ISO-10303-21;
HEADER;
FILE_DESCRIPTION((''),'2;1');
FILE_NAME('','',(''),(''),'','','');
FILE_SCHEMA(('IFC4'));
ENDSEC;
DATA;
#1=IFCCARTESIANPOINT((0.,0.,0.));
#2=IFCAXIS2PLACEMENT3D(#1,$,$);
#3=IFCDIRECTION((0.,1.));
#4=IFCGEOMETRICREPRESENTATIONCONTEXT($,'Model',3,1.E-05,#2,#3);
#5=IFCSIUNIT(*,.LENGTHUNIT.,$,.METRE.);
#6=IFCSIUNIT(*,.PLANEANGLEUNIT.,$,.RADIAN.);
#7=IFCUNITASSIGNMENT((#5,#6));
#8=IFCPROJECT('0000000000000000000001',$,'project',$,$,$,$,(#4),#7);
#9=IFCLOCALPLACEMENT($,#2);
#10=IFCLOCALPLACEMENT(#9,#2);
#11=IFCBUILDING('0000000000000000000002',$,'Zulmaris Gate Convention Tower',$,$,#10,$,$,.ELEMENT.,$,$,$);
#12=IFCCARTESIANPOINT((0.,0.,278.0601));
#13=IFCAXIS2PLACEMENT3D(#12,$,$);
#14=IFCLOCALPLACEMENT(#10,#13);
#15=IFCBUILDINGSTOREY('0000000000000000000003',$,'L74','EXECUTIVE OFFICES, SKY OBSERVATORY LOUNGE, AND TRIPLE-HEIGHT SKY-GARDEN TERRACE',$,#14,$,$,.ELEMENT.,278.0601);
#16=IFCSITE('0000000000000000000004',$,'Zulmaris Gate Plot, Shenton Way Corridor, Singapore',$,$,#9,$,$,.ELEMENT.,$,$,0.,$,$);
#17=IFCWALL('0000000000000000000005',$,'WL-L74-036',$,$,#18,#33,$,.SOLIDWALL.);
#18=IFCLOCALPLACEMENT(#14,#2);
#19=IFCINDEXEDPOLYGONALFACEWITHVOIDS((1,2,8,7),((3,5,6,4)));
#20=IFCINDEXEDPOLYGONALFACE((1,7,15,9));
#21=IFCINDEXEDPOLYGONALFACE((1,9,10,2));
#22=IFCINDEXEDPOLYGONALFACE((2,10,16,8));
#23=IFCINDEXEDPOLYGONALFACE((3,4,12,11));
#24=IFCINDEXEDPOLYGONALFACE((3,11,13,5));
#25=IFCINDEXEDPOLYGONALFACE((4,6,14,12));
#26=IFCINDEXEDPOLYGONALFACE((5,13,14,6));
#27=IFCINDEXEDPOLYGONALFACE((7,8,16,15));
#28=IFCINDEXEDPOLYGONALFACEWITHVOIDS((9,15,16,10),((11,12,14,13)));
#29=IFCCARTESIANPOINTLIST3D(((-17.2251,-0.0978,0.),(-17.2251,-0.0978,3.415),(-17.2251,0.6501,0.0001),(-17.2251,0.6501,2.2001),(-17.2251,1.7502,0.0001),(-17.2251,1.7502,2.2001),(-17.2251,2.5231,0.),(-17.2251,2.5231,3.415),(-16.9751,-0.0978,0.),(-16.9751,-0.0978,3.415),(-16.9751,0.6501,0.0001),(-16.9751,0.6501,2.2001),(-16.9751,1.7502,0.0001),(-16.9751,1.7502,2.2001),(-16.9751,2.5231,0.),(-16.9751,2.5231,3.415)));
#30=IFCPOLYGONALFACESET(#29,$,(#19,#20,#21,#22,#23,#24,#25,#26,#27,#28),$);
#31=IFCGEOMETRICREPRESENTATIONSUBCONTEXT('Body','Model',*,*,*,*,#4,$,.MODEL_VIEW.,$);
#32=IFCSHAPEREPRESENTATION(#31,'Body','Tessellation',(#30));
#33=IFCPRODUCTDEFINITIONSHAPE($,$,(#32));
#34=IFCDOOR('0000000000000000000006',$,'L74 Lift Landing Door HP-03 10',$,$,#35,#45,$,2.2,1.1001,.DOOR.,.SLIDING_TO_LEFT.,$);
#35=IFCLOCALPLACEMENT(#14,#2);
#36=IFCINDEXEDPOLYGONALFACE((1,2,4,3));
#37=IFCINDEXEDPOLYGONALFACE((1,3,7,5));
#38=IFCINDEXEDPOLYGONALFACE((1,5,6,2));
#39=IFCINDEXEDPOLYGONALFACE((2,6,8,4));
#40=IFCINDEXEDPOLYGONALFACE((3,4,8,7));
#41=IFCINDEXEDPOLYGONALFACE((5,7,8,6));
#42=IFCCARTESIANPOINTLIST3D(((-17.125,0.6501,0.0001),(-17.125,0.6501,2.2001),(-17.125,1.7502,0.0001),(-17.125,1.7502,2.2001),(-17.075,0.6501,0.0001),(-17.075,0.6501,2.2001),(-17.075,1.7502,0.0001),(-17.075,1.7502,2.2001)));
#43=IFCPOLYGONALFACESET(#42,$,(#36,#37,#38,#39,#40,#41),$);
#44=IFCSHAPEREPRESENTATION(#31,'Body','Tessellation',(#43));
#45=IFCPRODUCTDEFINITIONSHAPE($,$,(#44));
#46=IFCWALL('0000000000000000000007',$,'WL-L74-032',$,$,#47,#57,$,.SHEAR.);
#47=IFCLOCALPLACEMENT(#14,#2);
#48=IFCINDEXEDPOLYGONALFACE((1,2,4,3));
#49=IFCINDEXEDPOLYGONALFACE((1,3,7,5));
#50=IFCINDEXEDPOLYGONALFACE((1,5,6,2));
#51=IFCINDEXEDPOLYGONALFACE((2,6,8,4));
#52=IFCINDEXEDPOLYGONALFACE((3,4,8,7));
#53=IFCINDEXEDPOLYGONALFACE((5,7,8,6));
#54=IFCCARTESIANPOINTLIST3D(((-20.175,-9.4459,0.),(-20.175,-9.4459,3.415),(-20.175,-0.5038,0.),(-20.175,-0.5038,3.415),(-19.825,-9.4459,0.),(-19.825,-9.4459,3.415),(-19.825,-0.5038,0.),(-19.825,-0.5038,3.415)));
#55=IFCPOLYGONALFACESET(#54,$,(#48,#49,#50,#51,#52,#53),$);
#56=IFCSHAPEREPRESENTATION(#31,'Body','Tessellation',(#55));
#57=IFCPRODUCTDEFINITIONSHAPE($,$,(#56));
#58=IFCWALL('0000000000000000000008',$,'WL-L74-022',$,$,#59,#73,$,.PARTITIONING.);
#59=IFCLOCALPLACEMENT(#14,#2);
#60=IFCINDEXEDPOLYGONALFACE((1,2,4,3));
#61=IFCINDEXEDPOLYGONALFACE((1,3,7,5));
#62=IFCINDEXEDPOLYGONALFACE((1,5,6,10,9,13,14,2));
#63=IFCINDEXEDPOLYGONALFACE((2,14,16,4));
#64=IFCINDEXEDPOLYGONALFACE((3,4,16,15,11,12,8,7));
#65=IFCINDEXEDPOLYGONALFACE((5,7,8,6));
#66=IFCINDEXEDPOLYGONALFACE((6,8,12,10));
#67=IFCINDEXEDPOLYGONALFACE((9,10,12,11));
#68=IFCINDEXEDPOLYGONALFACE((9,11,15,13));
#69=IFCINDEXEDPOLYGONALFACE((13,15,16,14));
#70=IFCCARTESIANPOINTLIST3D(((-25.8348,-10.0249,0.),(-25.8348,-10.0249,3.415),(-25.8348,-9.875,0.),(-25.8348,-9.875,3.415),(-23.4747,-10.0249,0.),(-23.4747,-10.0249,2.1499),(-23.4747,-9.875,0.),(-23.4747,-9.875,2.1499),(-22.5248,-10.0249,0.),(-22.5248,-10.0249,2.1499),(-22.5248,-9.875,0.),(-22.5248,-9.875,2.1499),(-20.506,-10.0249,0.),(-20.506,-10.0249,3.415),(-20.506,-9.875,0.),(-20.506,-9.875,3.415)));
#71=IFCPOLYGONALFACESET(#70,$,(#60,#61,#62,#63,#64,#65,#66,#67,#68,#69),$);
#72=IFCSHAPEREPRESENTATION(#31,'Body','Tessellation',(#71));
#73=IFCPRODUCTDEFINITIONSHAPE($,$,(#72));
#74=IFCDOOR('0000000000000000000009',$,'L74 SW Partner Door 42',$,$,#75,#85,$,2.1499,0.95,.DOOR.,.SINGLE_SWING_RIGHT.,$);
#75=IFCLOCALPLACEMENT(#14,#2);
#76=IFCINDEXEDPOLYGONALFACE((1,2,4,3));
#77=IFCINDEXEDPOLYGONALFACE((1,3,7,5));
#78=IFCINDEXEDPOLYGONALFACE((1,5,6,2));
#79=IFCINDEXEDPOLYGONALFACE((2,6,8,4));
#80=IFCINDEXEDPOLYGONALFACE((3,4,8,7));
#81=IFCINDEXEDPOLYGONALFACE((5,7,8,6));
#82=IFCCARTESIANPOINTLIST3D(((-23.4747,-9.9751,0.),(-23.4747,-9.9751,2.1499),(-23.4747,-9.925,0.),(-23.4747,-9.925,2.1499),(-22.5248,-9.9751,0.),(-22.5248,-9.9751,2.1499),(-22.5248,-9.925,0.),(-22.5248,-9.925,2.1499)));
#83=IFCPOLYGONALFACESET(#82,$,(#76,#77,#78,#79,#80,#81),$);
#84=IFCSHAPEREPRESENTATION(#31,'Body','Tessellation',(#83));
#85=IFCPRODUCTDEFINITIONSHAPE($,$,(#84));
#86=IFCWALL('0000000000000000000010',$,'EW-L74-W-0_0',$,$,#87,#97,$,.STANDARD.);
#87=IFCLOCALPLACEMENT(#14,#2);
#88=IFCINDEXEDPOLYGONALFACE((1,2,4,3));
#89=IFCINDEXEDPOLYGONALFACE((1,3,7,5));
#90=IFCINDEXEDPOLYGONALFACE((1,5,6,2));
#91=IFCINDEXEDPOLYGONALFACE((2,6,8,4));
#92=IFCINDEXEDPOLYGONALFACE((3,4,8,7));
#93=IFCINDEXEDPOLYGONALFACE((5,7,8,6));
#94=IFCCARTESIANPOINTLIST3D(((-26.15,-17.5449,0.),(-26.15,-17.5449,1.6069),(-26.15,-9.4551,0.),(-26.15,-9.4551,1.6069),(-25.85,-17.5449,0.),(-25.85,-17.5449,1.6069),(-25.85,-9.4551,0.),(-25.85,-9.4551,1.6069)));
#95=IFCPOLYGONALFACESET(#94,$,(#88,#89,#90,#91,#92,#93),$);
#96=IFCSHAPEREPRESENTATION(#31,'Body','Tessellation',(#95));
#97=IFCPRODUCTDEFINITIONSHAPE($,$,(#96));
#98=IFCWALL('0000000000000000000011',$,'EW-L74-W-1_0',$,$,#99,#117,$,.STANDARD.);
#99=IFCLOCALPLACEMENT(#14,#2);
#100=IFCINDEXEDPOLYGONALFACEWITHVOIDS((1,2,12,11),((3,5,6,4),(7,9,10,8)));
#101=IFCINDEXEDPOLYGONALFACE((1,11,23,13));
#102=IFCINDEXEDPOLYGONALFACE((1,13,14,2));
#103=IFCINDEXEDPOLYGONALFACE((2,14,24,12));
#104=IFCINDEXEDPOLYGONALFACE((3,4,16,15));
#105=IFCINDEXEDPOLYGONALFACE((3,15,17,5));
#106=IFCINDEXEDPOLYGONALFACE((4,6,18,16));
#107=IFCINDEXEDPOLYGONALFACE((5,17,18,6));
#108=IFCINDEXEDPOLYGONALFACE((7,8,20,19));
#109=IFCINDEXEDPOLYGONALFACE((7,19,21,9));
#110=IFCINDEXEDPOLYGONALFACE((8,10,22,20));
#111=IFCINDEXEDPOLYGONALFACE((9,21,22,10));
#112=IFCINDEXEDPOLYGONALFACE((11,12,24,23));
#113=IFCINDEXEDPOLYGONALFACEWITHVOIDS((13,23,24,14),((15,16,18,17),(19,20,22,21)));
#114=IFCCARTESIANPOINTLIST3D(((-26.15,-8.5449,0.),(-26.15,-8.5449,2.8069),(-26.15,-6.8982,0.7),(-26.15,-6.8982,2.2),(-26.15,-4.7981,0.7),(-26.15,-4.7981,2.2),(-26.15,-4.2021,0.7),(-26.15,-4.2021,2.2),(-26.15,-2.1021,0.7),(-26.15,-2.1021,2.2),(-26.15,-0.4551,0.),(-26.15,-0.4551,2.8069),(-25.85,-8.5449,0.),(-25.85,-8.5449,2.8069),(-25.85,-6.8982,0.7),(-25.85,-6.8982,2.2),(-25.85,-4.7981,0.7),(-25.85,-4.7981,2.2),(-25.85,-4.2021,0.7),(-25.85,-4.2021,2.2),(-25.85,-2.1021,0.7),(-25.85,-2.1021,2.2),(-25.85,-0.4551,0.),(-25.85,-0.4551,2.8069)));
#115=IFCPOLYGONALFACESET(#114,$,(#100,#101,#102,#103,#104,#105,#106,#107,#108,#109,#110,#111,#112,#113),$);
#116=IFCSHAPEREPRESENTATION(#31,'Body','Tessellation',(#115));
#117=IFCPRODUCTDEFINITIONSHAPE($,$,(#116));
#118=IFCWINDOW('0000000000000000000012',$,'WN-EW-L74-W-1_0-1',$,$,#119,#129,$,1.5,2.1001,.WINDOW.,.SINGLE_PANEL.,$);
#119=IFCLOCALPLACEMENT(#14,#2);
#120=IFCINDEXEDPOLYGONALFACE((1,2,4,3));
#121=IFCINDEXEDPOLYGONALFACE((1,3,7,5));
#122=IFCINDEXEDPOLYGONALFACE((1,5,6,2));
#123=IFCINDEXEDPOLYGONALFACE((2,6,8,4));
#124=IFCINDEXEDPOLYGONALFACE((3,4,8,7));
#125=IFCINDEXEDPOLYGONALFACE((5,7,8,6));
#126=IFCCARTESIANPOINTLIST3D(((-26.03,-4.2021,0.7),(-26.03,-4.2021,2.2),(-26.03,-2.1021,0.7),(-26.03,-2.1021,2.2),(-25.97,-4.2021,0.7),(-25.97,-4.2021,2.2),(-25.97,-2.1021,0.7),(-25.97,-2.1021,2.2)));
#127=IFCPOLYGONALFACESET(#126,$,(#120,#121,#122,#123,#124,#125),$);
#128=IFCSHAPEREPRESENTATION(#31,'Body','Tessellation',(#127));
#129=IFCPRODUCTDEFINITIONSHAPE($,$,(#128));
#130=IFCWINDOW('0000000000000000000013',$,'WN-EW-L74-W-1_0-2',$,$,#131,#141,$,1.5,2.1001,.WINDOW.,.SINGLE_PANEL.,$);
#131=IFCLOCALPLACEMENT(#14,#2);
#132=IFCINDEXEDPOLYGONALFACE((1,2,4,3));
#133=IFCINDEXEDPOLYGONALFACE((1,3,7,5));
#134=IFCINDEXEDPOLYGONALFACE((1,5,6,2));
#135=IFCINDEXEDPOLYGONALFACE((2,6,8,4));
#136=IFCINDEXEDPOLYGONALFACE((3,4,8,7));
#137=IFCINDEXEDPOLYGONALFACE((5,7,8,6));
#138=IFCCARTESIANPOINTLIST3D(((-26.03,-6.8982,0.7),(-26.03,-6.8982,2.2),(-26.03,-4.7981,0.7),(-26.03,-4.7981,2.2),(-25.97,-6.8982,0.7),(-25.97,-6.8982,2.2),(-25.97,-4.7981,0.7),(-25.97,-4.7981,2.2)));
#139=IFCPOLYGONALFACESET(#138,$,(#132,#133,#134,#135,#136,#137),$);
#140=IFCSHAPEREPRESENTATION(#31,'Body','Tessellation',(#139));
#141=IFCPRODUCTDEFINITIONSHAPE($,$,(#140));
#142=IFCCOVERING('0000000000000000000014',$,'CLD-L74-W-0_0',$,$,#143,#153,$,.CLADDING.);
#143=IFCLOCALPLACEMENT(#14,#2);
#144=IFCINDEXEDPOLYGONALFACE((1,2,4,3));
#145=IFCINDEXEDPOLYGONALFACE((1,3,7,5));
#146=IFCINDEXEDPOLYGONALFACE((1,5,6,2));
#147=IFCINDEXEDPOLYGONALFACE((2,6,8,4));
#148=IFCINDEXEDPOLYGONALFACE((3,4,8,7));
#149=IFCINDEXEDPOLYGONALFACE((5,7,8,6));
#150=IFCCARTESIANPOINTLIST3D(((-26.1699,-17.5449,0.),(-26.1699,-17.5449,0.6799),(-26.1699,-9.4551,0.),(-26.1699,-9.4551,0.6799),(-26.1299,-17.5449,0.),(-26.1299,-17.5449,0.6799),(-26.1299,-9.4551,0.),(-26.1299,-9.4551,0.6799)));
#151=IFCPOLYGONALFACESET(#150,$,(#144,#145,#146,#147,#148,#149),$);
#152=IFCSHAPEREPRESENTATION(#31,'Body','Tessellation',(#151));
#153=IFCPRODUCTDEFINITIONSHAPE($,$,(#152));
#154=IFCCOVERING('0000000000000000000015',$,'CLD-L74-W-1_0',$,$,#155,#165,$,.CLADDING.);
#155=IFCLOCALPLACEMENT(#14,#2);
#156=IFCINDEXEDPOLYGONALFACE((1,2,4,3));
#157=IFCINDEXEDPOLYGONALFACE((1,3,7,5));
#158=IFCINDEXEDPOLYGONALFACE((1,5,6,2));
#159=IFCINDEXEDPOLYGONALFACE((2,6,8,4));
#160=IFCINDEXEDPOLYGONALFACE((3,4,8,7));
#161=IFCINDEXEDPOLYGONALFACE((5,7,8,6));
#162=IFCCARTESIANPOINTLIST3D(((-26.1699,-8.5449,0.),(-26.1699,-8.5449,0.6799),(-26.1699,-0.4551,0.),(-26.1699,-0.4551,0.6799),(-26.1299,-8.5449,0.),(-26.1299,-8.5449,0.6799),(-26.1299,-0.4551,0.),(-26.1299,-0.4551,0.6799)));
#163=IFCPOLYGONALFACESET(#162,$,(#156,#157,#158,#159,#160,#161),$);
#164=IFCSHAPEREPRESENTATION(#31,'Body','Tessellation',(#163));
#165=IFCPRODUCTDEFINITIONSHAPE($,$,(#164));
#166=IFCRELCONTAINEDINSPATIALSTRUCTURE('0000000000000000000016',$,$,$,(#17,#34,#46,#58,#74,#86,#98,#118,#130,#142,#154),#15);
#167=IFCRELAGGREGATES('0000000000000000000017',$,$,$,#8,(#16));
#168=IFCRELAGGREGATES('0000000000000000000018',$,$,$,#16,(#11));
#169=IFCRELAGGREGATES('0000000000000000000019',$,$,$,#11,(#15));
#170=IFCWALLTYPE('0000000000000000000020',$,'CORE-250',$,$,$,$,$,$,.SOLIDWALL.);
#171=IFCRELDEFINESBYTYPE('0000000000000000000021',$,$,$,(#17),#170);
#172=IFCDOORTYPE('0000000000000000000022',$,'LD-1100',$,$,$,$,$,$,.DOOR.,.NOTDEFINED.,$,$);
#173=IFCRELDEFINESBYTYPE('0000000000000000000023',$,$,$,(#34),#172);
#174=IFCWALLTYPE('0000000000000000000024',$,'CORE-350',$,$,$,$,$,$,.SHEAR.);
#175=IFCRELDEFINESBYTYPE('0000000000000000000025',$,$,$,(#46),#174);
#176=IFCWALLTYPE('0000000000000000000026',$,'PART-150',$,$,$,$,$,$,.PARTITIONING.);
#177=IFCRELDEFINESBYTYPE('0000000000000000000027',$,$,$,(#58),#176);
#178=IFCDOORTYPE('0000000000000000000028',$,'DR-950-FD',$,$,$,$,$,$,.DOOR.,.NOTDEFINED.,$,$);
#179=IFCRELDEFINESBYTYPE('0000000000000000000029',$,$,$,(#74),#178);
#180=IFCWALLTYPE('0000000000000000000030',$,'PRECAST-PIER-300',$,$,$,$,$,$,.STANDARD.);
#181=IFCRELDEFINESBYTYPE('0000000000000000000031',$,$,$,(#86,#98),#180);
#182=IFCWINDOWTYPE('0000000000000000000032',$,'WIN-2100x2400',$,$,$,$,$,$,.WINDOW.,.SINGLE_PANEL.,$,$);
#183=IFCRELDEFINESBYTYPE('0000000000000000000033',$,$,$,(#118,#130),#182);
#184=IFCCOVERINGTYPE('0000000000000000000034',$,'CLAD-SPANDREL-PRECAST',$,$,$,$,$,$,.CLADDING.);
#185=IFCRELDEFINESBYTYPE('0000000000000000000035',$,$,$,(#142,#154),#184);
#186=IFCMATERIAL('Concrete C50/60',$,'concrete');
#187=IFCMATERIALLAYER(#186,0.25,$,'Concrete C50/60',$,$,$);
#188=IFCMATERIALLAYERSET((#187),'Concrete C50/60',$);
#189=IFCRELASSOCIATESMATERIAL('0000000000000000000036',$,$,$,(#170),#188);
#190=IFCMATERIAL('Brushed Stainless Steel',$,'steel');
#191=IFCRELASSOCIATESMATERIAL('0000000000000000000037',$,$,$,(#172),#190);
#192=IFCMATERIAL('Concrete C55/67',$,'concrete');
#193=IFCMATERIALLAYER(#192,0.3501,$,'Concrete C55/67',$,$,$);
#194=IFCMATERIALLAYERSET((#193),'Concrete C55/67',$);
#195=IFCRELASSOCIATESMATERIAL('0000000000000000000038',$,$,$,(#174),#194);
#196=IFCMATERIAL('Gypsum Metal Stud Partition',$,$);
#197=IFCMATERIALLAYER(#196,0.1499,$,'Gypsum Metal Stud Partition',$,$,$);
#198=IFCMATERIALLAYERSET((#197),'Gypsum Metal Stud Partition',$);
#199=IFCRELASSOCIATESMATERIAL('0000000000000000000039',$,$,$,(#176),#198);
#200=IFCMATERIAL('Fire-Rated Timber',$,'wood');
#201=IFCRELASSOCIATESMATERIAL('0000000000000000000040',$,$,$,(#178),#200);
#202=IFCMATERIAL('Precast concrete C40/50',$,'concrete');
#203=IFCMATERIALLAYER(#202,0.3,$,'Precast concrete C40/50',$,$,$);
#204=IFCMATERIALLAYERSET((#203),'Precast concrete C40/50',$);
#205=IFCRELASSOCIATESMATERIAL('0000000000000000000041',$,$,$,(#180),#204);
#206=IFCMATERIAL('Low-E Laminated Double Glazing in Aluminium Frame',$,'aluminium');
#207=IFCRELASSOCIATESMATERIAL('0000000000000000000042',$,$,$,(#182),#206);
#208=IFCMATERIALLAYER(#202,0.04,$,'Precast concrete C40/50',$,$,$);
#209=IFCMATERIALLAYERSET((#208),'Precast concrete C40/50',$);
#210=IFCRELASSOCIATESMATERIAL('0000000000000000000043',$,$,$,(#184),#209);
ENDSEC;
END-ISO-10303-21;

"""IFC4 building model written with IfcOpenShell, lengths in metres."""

from ifc_helpers import new_model, si_unit, direction, frame, frame_2d, origin, place, context, subcontext, project, spatial, rectangle, extrude, material, layer, layer_set, type_object, element, fill, save


model = new_model("IFC4")

# Units and contexts
model_context = context("Model", 3, precision=1e-05, world=origin(), true_north=direction((0.0, 1.0)))
body_context = subcontext(model_context, "Body", "Model", "MODEL_VIEW")
ifc_project = project(units=[si_unit("LENGTHUNIT", "METRE"), si_unit("PLANEANGLEUNIT", "RADIAN")], contexts=[model_context])

# Site, building, storey
site_placement = place(None, origin())
site = spatial("IfcSite", under=ifc_project, at=site_placement, Name="Zulmaris Gate Plot, Shenton Way Corridor, Singapore", CompositionType="ELEMENT", RefElevation=0.0)
building_placement = place(site_placement, origin())
building = spatial("IfcBuilding", under=site, at=building_placement, Name="Zulmaris Gate Convention Tower", CompositionType="ELEMENT")
storey_placement = place(building_placement, frame((0.0, 0.0, 278.0601)))
storey = spatial("IfcBuildingStorey", under=building, at=storey_placement, Name="L74", Description="EXECUTIVE OFFICES, SKY OBSERVATORY LOUNGE, AND TRIPLE-HEIGHT SKY-GARDEN TERRACE", CompositionType="ELEMENT", Elevation=278.0601)

# Wall, opening, door
ifc_material_1 = material(Name="Concrete C50/60", Category="concrete")
ifc_layer_1 = layer(ifc_material_1, 0.25, Name="Concrete C50/60")
ifc_layer_set_1 = layer_set([ifc_layer_1], Name="Concrete C50/60")
wall_type_1 = type_object("IfcWallType", Name="CORE-250", PredefinedType="SOLIDWALL", material=ifc_layer_set_1)
wall_1_placement = place(storey_placement, frame((-17.1001, -0.0979, 0.0), z_axis=(0.0, 0.0, 1.0), x_axis=(0.0, 1.0, 0.0)))
wall_1 = element("IfcWall", 1, at=wall_1_placement, inside=storey, type_object=wall_type_1, Name="WL-L74-036", PredefinedType="SOLIDWALL", context=body_context, shape_type="SweptSolid", body=[
    extrude(rectangle(XDim=2.6208, YDim=0.25, at=frame_2d((1.3105, 0.0))), origin(), (0.0, 0.0, 1.0), 3.415),
])
opening_1_placement = place(wall_1_placement, frame((0.748, 0.0, 0.0)))
opening_1 = element("IfcOpeningElement", 2, at=opening_1_placement, cuts=wall_1, PredefinedType="OPENING", context=body_context, shape_type="SweptSolid", body=[
    extrude(rectangle(XDim=1.1001, YDim=2.2, at=frame_2d((0.55, 1.1001))), frame((0.0, 0.135, 0.0), z_axis=(0.0, -1.0, 0.0), x_axis=(1.0, 0.0, 0.0)), (0.0, 0.0, 1.0), 0.27),
])
ifc_material_2 = material(Name="Brushed Stainless Steel", Category="steel")
door_type_1 = type_object("IfcDoorType", Name="LD-1100", OperationType="NOTDEFINED", PredefinedType="DOOR", material=ifc_material_2)
door_1_placement = place(opening_1_placement, origin())
door_1 = element("IfcDoor", 3, at=door_1_placement, inside=storey, type_object=door_type_1, Name="L74 Lift Landing Door HP-03 10", OperationType="SLIDING_TO_LEFT", OverallHeight=2.2, OverallWidth=1.1001, PredefinedType="DOOR", context=body_context, shape_type="SweptSolid", body=[
    extrude(rectangle(XDim=1.1001, YDim=2.2, at=frame_2d((0.55, 1.1001))), frame((0.0, 0.0249, 0.0), z_axis=(0.0, -1.0, 0.0), x_axis=(1.0, 0.0, 0.0)), (0.0, 0.0, 1.0), 0.05),
])
fill(opening_1, door_1)
ifc_material_3 = material(Name="Concrete C55/67", Category="concrete")
ifc_layer_2 = layer(ifc_material_3, 0.3501, Name="Concrete C55/67")
ifc_layer_set_2 = layer_set([ifc_layer_2], Name="Concrete C55/67")
wall_type_2 = type_object("IfcWallType", Name="CORE-350", PredefinedType="SHEAR", material=ifc_layer_set_2)

# Wall
wall_2_placement = place(storey_placement, frame((-20.0, -9.446, 0.0), z_axis=(0.0, 0.0, 1.0), x_axis=(0.0, 1.0, 0.0)))
element("IfcWall", 4, at=wall_2_placement, inside=storey, type_object=wall_type_2, Name="WL-L74-032", PredefinedType="SHEAR", context=body_context, shape_type="SweptSolid", body=[
    extrude(rectangle(XDim=8.9421, YDim=0.3501, at=frame_2d((4.4712, 0.0))), origin(), (0.0, 0.0, 1.0), 3.415),
])

# Wall, opening, door
ifc_material_4 = material(Name="Gypsum Metal Stud Partition")
ifc_layer_3 = layer(ifc_material_4, 0.1499, Name="Gypsum Metal Stud Partition")
ifc_layer_set_3 = layer_set([ifc_layer_3], Name="Gypsum Metal Stud Partition")
wall_type_3 = type_object("IfcWallType", Name="PART-150", PredefinedType="PARTITIONING", material=ifc_layer_set_3)
wall_3_placement = place(storey_placement, frame((-25.835, -9.95, 0.0), z_axis=(0.0, 0.0, 1.0), x_axis=(1.0, 0.0, 0.0)))
wall_3 = element("IfcWall", 5, at=wall_3_placement, inside=storey, type_object=wall_type_3, Name="WL-L74-022", PredefinedType="PARTITIONING", context=body_context, shape_type="SweptSolid", body=[
    extrude(rectangle(XDim=5.3289, YDim=0.1499, at=frame_2d((2.6646, 0.0))), origin(), (0.0, 0.0, 1.0), 3.415),
])
opening_2_placement = place(wall_3_placement, frame((2.3601, 0.0, 0.0)))
opening_2 = element("IfcOpeningElement", 6, at=opening_2_placement, cuts=wall_3, PredefinedType="OPENING", context=body_context, shape_type="SweptSolid", body=[
    extrude(rectangle(XDim=0.95, YDim=2.1499, at=frame_2d((0.4751, 1.075))), frame((0.0, 0.085, 0.0), z_axis=(0.0, -1.0, 0.0), x_axis=(1.0, 0.0, 0.0)), (0.0, 0.0, 1.0), 0.1699),
])
ifc_material_5 = material(Name="Fire-Rated Timber", Category="wood")
door_type_2 = type_object("IfcDoorType", Name="DR-950-FD", OperationType="NOTDEFINED", PredefinedType="DOOR", material=ifc_material_5)
door_2_placement = place(opening_2_placement, origin())
door_2 = element("IfcDoor", 7, at=door_2_placement, inside=storey, type_object=door_type_2, Name="L74 SW Partner Door 42", OperationType="SINGLE_SWING_RIGHT", OverallHeight=2.1499, OverallWidth=0.95, PredefinedType="DOOR", context=body_context, shape_type="SweptSolid", body=[
    extrude(rectangle(XDim=0.95, YDim=2.1499, at=frame_2d((0.4751, 1.075))), frame((0.0, 0.0249, 0.0), z_axis=(0.0, -1.0, 0.0), x_axis=(1.0, 0.0, 0.0)), (0.0, 0.0, 1.0), 0.05),
])
fill(opening_2, door_2)

# Wall
ifc_material_6 = material(Name="Precast concrete C40/50", Category="concrete")
ifc_layer_4 = layer(ifc_material_6, 0.3, Name="Precast concrete C40/50")
ifc_layer_set_4 = layer_set([ifc_layer_4], Name="Precast concrete C40/50")
wall_type_4 = type_object("IfcWallType", Name="PRECAST-PIER-300", PredefinedType="STANDARD", material=ifc_layer_set_4)
wall_4_placement = place(storey_placement, frame((-26.0, -9.4551, 0.0), z_axis=(0.0, 0.0, 1.0), x_axis=(0.0, -1.0, 0.0)))
element("IfcWall", 8, at=wall_4_placement, inside=storey, type_object=wall_type_4, Name="EW-L74-W-0_0", PredefinedType="STANDARD", context=body_context, shape_type="SweptSolid", body=[
    extrude(rectangle(XDim=8.0898, YDim=0.3, at=frame_2d((4.0449, 0.0))), origin(), (0.0, 0.0, 1.0), 1.6069),
])

# Wall, openings, windows
wall_5_placement = place(storey_placement, frame((-26.0, -0.4551, 0.0), z_axis=(0.0, 0.0, 1.0), x_axis=(0.0, -1.0, 0.0)))
wall_5 = element("IfcWall", 9, at=wall_5_placement, inside=storey, type_object=wall_type_4, Name="EW-L74-W-1_0", PredefinedType="STANDARD", context=body_context, shape_type="SweptSolid", body=[
    extrude(rectangle(XDim=8.0898, YDim=0.3, at=frame_2d((4.0449, 0.0))), origin(), (0.0, 0.0, 1.0), 2.8069),
])
opening_3_placement = place(wall_5_placement, frame((1.647, 0.0, 0.7)))
opening_3 = element("IfcOpeningElement", 10, at=opening_3_placement, cuts=wall_5, PredefinedType="OPENING", context=body_context, shape_type="SweptSolid", body=[
    extrude(rectangle(XDim=2.1001, YDim=1.5, at=frame_2d((1.05, 0.75))), frame((0.0, 0.1602, 0.0), z_axis=(0.0, -1.0, 0.0), x_axis=(1.0, 0.0, 0.0)), (0.0, 0.0, 1.0), 0.3201),
])
opening_4_placement = place(wall_5_placement, frame((4.343, 0.0, 0.7)))
opening_4 = element("IfcOpeningElement", 11, at=opening_4_placement, cuts=wall_5, PredefinedType="OPENING", context=body_context, shape_type="SweptSolid", body=[
    extrude(rectangle(XDim=2.1001, YDim=1.5, at=frame_2d((1.05, 0.75))), frame((0.0, 0.1602, 0.0), z_axis=(0.0, -1.0, 0.0), x_axis=(1.0, 0.0, 0.0)), (0.0, 0.0, 1.0), 0.3201),
])
ifc_material_7 = material(Name="Low-E Laminated Double Glazing in Aluminium Frame", Category="aluminium")
window_type = type_object("IfcWindowType", Name="WIN-2100x2400", PartitioningType="SINGLE_PANEL", PredefinedType="WINDOW", material=ifc_material_7)
window_1_placement = place(opening_3_placement, origin())
window_1 = element("IfcWindow", 12, at=window_1_placement, inside=storey, type_object=window_type, Name="WN-EW-L74-W-1_0-1", OverallHeight=1.5, OverallWidth=2.1001, PartitioningType="SINGLE_PANEL", PredefinedType="WINDOW", context=body_context, shape_type="SweptSolid", body=[
    extrude(rectangle(XDim=2.1001, YDim=1.5, at=frame_2d((1.05, 0.75))), frame((0.0, 0.03, 0.0), z_axis=(0.0, -1.0, 0.0), x_axis=(1.0, 0.0, 0.0)), (0.0, 0.0, 1.0), 0.0601),
])
fill(opening_3, window_1)
window_2_placement = place(opening_4_placement, origin())
window_2 = element("IfcWindow", 13, at=window_2_placement, inside=storey, type_object=window_type, Name="WN-EW-L74-W-1_0-2", OverallHeight=1.5, OverallWidth=2.1001, PartitioningType="SINGLE_PANEL", PredefinedType="WINDOW", context=body_context, shape_type="SweptSolid", body=[
    extrude(rectangle(XDim=2.1001, YDim=1.5, at=frame_2d((1.05, 0.75))), frame((0.0, 0.03, 0.0), z_axis=(0.0, -1.0, 0.0), x_axis=(1.0, 0.0, 0.0)), (0.0, 0.0, 1.0), 0.0601),
])
fill(opening_4, window_2)

# Coverings
ifc_layer_5 = layer(ifc_material_6, 0.04, Name="Precast concrete C40/50")
ifc_layer_set_5 = layer_set([ifc_layer_5], Name="Precast concrete C40/50")
covering_type = type_object("IfcCoveringType", Name="CLAD-SPANDREL-PRECAST", PredefinedType="CLADDING", material=ifc_layer_set_5)
for number, where, z_axis, x_axis, name in (
    (14, (-26.1499, -9.4551, 0.0), (0.0, 0.0, 1.0), (0.0, -1.0, 0.0), "CLD-L74-W-0_0"),
    (15, (-26.1499, -0.4551, 0.0), (0.0, 0.0, 1.0), (0.0, -1.0, 0.0), "CLD-L74-W-1_0"),
):
    element("IfcCovering", number, at=place(storey_placement, frame(where, z_axis=z_axis, x_axis=x_axis)), inside=storey, type_object=covering_type, Name=name, PredefinedType="CLADDING", context=body_context, shape_type="SweptSolid", body=[
        extrude(rectangle(XDim=8.0898, YDim=0.04, at=frame_2d((4.0449, 0.0))), origin(), (0.0, 0.0, 1.0), 0.6799),
    ])

save(model, "model.ifc")
